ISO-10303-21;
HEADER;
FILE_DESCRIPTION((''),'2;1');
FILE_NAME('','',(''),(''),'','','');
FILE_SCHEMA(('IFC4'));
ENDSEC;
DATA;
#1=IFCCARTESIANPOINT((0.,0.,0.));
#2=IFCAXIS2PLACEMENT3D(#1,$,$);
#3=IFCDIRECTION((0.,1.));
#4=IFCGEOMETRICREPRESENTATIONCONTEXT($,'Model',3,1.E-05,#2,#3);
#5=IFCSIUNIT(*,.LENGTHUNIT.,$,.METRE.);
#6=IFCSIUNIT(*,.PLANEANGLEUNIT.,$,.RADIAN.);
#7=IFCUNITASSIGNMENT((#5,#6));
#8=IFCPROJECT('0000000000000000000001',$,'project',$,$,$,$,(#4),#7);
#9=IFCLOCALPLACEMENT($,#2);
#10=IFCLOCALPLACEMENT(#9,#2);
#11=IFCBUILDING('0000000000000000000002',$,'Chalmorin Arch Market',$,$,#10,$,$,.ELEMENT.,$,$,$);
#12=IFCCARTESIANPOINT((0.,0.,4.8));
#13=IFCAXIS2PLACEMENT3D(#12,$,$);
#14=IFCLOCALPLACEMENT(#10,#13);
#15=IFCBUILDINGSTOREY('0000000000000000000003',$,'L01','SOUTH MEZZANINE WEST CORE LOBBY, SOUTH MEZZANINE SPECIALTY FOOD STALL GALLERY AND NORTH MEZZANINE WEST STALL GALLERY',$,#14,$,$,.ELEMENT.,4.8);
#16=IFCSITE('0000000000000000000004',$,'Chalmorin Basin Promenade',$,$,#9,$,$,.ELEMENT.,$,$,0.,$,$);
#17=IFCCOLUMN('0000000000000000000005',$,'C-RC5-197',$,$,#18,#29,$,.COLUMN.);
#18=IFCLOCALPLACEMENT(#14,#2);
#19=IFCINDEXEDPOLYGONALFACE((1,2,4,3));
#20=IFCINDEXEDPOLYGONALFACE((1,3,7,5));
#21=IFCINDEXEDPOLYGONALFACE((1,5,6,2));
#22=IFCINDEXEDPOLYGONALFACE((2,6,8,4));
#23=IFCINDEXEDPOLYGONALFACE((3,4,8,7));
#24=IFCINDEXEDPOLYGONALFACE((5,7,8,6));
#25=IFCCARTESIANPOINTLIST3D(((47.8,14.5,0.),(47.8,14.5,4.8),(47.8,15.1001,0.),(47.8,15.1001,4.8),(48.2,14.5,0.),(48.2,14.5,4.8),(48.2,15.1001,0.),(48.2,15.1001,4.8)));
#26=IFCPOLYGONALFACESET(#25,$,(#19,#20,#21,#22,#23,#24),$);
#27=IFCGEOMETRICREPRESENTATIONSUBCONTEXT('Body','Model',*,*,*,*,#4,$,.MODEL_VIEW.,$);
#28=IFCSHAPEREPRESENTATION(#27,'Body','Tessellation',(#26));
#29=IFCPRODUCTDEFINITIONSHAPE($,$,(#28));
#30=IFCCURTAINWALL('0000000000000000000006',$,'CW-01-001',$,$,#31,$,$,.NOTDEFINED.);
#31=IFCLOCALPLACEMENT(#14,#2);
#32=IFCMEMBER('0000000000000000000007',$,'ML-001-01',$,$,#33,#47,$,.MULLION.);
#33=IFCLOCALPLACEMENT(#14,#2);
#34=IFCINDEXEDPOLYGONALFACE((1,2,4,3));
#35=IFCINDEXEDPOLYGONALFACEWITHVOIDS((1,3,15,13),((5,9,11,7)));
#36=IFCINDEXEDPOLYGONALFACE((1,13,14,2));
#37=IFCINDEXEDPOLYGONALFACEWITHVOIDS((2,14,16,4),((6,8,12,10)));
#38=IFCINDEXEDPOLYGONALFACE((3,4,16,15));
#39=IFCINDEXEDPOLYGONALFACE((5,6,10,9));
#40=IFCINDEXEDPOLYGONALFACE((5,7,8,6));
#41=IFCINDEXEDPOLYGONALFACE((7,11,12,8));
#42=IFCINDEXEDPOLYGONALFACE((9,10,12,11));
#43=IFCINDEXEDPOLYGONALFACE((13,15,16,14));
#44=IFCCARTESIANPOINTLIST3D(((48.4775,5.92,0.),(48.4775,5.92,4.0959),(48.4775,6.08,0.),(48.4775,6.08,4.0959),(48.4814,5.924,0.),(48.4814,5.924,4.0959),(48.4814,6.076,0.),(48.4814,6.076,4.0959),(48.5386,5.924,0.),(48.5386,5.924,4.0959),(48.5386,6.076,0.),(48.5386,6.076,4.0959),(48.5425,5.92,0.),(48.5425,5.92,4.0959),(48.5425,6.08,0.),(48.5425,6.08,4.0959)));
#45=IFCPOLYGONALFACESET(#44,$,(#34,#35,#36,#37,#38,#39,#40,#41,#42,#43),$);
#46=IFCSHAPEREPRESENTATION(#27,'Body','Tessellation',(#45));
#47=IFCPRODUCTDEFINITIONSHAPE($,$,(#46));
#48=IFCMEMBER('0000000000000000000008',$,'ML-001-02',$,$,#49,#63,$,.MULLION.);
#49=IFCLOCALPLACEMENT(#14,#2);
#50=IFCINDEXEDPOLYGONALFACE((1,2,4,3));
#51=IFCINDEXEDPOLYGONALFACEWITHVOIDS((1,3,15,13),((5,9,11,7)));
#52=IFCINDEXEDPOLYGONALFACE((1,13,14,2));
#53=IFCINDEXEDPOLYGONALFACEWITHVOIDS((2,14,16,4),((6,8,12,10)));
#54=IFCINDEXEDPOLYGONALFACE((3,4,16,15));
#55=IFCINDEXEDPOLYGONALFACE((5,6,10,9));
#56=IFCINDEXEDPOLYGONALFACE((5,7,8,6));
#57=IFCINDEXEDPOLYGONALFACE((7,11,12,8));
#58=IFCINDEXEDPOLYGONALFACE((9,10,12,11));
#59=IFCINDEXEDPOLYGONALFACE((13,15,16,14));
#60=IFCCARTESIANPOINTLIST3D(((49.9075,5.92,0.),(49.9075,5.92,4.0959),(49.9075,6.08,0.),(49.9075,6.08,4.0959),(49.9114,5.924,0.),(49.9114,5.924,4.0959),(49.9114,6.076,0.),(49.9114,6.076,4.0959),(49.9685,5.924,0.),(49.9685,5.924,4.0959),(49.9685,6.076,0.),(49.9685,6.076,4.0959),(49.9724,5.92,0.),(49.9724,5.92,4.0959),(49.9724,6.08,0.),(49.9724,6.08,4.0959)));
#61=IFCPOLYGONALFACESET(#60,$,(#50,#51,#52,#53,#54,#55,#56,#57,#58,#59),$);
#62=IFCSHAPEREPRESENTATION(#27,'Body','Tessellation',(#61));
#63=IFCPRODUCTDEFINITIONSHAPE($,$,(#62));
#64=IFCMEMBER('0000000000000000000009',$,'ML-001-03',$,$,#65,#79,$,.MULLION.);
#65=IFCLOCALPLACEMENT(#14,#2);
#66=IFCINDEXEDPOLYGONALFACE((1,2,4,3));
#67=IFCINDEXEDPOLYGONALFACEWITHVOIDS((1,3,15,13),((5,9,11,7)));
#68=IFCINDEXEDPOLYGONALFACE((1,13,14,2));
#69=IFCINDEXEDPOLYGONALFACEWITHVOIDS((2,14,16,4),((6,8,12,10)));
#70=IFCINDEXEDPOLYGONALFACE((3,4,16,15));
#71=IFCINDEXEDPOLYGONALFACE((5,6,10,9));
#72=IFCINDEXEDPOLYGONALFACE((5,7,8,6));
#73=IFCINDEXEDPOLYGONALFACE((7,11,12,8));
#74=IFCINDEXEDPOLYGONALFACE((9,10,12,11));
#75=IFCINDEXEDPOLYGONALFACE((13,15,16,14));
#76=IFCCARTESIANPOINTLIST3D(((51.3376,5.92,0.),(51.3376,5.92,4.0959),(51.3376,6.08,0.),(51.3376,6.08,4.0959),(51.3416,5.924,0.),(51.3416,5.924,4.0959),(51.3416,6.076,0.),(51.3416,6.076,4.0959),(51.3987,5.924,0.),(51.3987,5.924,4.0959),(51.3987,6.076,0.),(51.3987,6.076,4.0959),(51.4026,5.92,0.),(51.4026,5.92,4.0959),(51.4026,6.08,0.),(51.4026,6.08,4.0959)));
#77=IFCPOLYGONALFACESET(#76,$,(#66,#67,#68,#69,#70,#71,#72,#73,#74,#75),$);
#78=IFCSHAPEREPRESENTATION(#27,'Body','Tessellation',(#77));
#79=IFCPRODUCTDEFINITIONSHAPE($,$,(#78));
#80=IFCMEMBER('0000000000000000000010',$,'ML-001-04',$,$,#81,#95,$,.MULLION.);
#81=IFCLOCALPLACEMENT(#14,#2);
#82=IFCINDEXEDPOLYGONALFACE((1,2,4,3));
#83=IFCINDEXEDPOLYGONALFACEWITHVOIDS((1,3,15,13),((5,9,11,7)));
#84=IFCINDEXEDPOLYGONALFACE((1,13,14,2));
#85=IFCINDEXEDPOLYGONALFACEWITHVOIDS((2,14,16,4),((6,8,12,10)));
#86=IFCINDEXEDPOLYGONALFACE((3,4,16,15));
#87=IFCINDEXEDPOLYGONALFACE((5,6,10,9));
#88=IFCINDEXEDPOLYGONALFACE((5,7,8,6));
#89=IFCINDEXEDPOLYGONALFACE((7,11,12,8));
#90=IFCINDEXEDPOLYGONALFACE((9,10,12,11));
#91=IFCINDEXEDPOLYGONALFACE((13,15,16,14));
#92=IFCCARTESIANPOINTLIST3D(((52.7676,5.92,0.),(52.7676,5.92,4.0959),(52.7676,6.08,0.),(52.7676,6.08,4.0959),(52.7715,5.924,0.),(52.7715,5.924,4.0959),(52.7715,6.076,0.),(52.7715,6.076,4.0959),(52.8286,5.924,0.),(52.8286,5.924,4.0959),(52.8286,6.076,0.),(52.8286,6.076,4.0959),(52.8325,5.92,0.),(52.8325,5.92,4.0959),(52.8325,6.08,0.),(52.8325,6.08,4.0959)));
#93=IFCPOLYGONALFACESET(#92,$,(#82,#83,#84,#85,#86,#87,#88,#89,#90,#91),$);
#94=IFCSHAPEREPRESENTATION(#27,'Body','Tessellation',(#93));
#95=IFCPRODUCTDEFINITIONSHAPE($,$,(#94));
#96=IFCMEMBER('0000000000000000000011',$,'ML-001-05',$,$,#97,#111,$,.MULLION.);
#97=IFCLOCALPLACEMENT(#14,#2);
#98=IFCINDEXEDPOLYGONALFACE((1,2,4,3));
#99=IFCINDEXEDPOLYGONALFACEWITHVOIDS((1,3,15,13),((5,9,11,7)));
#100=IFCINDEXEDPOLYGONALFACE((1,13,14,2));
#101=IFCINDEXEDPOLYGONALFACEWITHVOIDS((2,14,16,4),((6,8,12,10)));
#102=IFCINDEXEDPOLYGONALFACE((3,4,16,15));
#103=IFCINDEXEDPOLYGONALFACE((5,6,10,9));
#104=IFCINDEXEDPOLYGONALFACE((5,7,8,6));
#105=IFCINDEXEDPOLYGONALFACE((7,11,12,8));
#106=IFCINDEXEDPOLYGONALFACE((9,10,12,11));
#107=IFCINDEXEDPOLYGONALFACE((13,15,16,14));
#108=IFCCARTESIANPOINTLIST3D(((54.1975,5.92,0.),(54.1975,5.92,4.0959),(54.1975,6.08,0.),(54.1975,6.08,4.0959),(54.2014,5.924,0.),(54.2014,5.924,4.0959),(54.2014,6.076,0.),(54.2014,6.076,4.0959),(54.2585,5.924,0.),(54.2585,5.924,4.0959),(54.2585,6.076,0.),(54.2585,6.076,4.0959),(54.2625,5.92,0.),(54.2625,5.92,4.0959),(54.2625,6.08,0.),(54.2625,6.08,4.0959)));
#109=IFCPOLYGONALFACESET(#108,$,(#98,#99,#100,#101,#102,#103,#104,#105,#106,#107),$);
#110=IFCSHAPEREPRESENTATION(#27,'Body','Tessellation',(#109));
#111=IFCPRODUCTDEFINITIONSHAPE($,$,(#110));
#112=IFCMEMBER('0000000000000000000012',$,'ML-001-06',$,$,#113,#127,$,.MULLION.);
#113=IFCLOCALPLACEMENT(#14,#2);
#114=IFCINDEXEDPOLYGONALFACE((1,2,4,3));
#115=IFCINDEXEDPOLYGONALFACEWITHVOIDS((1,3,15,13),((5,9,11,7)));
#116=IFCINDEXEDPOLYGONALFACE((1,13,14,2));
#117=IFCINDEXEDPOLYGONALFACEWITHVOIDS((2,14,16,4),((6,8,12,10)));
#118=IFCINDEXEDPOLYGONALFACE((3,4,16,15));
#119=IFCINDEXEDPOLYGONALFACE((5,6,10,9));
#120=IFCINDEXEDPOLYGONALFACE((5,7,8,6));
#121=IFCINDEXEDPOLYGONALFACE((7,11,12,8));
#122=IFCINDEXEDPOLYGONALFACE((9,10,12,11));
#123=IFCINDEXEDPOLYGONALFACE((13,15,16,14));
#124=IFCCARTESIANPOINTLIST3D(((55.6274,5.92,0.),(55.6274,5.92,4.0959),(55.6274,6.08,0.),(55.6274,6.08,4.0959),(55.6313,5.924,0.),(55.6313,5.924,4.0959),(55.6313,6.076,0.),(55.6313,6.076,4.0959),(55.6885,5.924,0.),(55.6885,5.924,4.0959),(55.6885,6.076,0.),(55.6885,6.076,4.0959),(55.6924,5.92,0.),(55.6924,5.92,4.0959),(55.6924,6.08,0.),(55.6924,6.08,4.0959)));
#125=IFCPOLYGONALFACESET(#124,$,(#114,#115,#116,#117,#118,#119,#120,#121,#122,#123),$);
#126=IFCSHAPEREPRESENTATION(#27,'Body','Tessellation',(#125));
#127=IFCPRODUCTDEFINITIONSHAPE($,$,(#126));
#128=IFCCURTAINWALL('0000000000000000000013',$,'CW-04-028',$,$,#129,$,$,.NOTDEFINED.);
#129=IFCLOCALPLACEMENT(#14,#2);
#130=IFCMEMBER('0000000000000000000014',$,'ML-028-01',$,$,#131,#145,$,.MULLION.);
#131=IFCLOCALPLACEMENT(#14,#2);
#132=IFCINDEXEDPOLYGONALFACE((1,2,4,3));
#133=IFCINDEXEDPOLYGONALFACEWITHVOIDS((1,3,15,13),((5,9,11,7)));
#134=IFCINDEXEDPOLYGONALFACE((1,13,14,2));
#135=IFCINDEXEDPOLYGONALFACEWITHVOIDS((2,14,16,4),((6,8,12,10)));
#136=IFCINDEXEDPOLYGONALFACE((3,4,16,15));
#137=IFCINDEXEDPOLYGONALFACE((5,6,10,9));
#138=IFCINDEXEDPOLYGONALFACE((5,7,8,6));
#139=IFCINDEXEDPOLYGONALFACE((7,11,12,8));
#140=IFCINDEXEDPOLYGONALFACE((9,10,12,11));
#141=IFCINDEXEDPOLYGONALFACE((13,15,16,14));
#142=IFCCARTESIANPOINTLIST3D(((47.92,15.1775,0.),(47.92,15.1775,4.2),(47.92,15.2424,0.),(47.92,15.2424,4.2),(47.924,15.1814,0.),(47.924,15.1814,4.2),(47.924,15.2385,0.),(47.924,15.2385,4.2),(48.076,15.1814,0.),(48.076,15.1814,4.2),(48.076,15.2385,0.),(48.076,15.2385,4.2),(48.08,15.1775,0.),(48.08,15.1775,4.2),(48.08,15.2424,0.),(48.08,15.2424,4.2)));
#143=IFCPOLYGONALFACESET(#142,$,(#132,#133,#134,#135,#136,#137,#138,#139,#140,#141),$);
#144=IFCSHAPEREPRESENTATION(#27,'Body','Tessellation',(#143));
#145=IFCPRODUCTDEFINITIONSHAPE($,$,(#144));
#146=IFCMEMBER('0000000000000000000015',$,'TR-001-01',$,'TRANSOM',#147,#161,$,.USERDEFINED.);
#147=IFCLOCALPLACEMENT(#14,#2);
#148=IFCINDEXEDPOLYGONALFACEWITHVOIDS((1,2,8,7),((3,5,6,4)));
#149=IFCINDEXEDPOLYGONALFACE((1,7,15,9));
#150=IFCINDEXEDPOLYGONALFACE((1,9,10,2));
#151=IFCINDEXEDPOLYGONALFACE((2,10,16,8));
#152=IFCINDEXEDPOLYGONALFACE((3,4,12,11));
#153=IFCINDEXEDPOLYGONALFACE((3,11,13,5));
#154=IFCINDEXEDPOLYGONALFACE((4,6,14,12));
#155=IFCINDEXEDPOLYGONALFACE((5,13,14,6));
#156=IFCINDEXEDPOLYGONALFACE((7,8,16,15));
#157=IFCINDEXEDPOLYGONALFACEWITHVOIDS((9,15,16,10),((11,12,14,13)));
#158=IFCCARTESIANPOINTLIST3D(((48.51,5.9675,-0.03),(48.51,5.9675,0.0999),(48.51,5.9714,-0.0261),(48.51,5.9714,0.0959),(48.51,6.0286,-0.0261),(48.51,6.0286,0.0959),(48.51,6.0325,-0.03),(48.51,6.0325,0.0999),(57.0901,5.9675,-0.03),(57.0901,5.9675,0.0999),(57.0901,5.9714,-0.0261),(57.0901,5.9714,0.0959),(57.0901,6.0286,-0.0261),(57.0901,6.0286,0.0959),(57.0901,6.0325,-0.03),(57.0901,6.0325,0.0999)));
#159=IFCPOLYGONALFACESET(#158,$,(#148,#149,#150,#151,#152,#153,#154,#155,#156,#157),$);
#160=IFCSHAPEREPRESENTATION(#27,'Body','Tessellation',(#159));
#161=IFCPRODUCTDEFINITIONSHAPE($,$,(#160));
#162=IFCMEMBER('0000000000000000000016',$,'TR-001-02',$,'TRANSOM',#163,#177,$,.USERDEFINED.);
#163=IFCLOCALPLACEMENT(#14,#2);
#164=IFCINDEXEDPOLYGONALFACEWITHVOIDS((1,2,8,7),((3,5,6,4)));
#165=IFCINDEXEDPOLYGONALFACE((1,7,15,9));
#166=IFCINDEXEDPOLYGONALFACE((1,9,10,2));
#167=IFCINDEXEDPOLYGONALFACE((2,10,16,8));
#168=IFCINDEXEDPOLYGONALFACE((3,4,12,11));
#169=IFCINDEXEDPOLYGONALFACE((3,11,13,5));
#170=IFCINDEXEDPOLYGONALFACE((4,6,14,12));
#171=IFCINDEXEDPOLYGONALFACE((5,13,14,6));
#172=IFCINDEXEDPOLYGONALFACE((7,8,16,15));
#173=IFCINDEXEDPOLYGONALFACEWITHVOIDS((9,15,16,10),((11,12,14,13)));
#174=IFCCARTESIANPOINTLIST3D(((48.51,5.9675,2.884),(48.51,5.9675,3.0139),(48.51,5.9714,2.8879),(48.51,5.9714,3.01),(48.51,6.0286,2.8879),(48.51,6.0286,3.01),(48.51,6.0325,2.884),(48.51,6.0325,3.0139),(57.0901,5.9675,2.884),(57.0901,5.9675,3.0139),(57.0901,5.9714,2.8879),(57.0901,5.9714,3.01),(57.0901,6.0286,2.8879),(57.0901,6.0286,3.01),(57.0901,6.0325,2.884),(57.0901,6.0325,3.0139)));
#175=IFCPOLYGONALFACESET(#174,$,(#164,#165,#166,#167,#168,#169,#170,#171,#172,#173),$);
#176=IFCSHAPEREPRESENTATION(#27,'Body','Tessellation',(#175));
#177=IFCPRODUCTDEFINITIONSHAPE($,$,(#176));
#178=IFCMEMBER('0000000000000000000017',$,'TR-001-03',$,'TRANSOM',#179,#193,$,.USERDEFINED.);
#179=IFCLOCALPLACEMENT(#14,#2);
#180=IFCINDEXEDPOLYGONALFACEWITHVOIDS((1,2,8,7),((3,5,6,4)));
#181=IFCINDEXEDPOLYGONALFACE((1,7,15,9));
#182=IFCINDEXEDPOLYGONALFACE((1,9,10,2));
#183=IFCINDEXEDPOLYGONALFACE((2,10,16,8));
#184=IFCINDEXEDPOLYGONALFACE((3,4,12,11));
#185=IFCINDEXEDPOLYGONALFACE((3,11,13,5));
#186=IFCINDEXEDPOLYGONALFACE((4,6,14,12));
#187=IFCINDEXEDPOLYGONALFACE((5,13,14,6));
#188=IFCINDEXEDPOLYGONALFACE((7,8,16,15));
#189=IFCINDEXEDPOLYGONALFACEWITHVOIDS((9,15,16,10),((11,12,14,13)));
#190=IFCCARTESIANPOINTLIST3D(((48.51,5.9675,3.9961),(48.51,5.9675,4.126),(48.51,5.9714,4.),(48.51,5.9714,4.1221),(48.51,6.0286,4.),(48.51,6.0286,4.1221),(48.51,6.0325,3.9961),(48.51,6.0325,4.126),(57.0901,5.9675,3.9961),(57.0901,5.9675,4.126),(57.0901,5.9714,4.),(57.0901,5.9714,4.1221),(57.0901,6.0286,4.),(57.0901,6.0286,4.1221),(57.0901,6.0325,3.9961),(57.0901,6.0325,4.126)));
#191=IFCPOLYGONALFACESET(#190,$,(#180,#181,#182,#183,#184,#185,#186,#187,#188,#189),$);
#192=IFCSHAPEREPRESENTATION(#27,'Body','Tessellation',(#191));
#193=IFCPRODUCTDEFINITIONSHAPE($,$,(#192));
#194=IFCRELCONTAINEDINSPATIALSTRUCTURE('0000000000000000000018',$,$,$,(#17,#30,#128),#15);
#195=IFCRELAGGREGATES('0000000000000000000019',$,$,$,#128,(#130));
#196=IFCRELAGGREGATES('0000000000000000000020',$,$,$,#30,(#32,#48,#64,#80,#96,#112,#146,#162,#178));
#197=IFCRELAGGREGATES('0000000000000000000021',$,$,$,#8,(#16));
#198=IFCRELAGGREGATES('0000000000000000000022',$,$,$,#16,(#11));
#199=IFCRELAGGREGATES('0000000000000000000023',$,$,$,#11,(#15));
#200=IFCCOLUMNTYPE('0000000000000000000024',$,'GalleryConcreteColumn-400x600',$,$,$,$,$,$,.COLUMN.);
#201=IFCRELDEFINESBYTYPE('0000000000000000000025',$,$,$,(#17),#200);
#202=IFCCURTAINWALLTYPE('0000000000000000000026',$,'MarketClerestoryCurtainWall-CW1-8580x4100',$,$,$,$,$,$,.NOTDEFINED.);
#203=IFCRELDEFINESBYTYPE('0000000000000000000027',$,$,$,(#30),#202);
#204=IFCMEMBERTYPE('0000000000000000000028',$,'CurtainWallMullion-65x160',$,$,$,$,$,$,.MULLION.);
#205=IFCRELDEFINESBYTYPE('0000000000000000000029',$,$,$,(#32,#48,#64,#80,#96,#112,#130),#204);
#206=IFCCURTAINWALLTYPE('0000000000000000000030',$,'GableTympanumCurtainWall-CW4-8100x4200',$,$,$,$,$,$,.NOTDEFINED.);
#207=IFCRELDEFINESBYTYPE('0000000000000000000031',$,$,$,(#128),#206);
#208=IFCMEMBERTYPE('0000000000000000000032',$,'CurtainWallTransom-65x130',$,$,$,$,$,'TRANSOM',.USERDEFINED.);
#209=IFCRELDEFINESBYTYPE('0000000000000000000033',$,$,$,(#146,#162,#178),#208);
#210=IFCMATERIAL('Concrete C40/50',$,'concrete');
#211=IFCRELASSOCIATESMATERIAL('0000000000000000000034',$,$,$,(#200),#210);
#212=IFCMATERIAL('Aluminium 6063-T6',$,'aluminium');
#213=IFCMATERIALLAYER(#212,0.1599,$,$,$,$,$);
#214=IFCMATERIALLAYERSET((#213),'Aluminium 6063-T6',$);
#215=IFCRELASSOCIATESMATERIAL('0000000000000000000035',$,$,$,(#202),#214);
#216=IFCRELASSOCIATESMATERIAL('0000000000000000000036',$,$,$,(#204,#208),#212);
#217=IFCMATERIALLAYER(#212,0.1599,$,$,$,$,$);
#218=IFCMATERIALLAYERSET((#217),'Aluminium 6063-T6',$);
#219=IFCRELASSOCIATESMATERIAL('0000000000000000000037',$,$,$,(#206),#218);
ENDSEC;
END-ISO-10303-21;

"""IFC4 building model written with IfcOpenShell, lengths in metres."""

from ifc_helpers import new_model, si_unit, direction, frame, origin, origin_2d, place, context, subcontext, project, spatial, rectangle, hollow_rectangle, extrude, material, layer, layer_set, material_profile, profile_set, type_object, element, aggregate, save


model = new_model("IFC4")

# Units and contexts
model_context = context("Model", 3, precision=1e-05, world=origin(), true_north=direction((0.0, 1.0)))
body_context = subcontext(model_context, "Body", "Model", "MODEL_VIEW")
ifc_project = project(units=[si_unit("LENGTHUNIT", "METRE"), si_unit("PLANEANGLEUNIT", "RADIAN")], contexts=[model_context])

# Site, building, storey
site_placement = place(None, origin())
site = spatial("IfcSite", under=ifc_project, at=site_placement, Name="Chalmorin Basin Promenade", CompositionType="ELEMENT", RefElevation=0.0)
building_placement = place(site_placement, origin())
building = spatial("IfcBuilding", under=site, at=building_placement, Name="Chalmorin Arch Market", CompositionType="ELEMENT")
storey_placement = place(building_placement, frame((0.0, 0.0, 4.8)))
storey = spatial("IfcBuildingStorey", under=building, at=storey_placement, Name="L01", Description="SOUTH MEZZANINE WEST CORE LOBBY, SOUTH MEZZANINE SPECIALTY FOOD STALL GALLERY AND NORTH MEZZANINE WEST STALL GALLERY", CompositionType="ELEMENT", Elevation=4.8)

# Column
ifc_material_1 = material(Name="Concrete C40/50", Category="concrete")
ifc_material_profile_1 = material_profile(ifc_material_1, rectangle(XDim=0.3999, YDim=0.6001, at=origin_2d()), Name="RC400X600")
ifc_profile_set_1 = profile_set([ifc_material_profile_1], Name="Concrete C40/50")
column_type = type_object("IfcColumnType", Name="GalleryConcreteColumn-400x600", PredefinedType="COLUMN", material=ifc_profile_set_1)
column_placement = place(storey_placement, frame((48.0, 14.8, 0.0), z_axis=(0.0, 0.0, 1.0), x_axis=(1.0, 0.0, 0.0)))
element("IfcColumn", 1, at=column_placement, inside=storey, type_object=column_type, Name="C-RC5-197", PredefinedType="COLUMN", context=body_context, shape_type="SweptSolid", body=[
    extrude(rectangle(XDim=0.3999, YDim=0.6001, at=origin_2d()), origin(), (0.0, 0.0, 1.0), 4.8),
])

# Curtain wall, members
ifc_material_2 = material(Name="Aluminium 6063-T6", Category="aluminium")
ifc_layer_1 = layer(ifc_material_2, 0.1599)
ifc_layer_set_1 = layer_set([ifc_layer_1], Name="Aluminium 6063-T6")
curtain_wall_type_1 = type_object("IfcCurtainWallType", Name="MarketClerestoryCurtainWall-CW1-8580x4100", PredefinedType="NOTDEFINED", material=ifc_layer_set_1)
curtain_wall_1_placement = place(storey_placement, origin())
curtain_wall_1 = element("IfcCurtainWall", 2, at=curtain_wall_1_placement, inside=storey, type_object=curtain_wall_type_1, Name="CW-01-001", PredefinedType="NOTDEFINED")
ifc_material_profile_2 = material_profile(ifc_material_2, hollow_rectangle(XDim=0.0649, YDim=0.1599, WallThickness=0.0039, at=origin_2d()), Name="ALU65X160X4")
ifc_profile_set_2 = profile_set([ifc_material_profile_2], Name="Aluminium 6063-T6")
member_type_1 = type_object("IfcMemberType", Name="CurtainWallMullion-65x160", PredefinedType="MULLION", material=ifc_profile_set_2)
member_1_placement = place(storey_placement, frame((48.51, 6.0, 0.0), z_axis=(0.0, 0.0, 1.0), x_axis=(1.0, 0.0, 0.0)))
member_1 = element("IfcMember", 3, at=member_1_placement, type_object=member_type_1, Name="ML-001-01", PredefinedType="MULLION", context=body_context, shape_type="SweptSolid", body=[
    extrude(hollow_rectangle(XDim=0.0649, YDim=0.1599, WallThickness=0.0039, at=origin_2d()), origin(), (0.0, 0.0, 1.0), 4.0959),
])
member_2_placement = place(storey_placement, frame((49.9399, 6.0, 0.0), z_axis=(0.0, 0.0, 1.0), x_axis=(1.0, 0.0, 0.0)))
member_2 = element("IfcMember", 4, at=member_2_placement, type_object=member_type_1, Name="ML-001-02", PredefinedType="MULLION", context=body_context, shape_type="SweptSolid", body=[
    extrude(hollow_rectangle(XDim=0.0649, YDim=0.1599, WallThickness=0.0039, at=origin_2d()), origin(), (0.0, 0.0, 1.0), 4.0959),
])
member_3_placement = place(storey_placement, frame((51.3701, 6.0, 0.0), z_axis=(0.0, 0.0, 1.0), x_axis=(1.0, 0.0, 0.0)))
member_3 = element("IfcMember", 5, at=member_3_placement, type_object=member_type_1, Name="ML-001-03", PredefinedType="MULLION", context=body_context, shape_type="SweptSolid", body=[
    extrude(hollow_rectangle(XDim=0.0649, YDim=0.1599, WallThickness=0.0039, at=origin_2d()), origin(), (0.0, 0.0, 1.0), 4.0959),
])
member_4_placement = place(storey_placement, frame((52.8, 6.0, 0.0), z_axis=(0.0, 0.0, 1.0), x_axis=(1.0, 0.0, 0.0)))
member_4 = element("IfcMember", 6, at=member_4_placement, type_object=member_type_1, Name="ML-001-04", PredefinedType="MULLION", context=body_context, shape_type="SweptSolid", body=[
    extrude(hollow_rectangle(XDim=0.0649, YDim=0.1599, WallThickness=0.0039, at=origin_2d()), origin(), (0.0, 0.0, 1.0), 4.0959),
])
member_5_placement = place(storey_placement, frame((54.23, 6.0, 0.0), z_axis=(0.0, 0.0, 1.0), x_axis=(1.0, 0.0, 0.0)))
member_5 = element("IfcMember", 7, at=member_5_placement, type_object=member_type_1, Name="ML-001-05", PredefinedType="MULLION", context=body_context, shape_type="SweptSolid", body=[
    extrude(hollow_rectangle(XDim=0.0649, YDim=0.1599, WallThickness=0.0039, at=origin_2d()), origin(), (0.0, 0.0, 1.0), 4.0959),
])
member_6_placement = place(storey_placement, frame((55.6599, 6.0, 0.0), z_axis=(0.0, 0.0, 1.0), x_axis=(1.0, 0.0, 0.0)))
member_6 = element("IfcMember", 8, at=member_6_placement, type_object=member_type_1, Name="ML-001-06", PredefinedType="MULLION", context=body_context, shape_type="SweptSolid", body=[
    extrude(hollow_rectangle(XDim=0.0649, YDim=0.1599, WallThickness=0.0039, at=origin_2d()), origin(), (0.0, 0.0, 1.0), 4.0959),
])

# Curtain wall, member
ifc_layer_2 = layer(ifc_material_2, 0.1599)
ifc_layer_set_2 = layer_set([ifc_layer_2], Name="Aluminium 6063-T6")
curtain_wall_type_2 = type_object("IfcCurtainWallType", Name="GableTympanumCurtainWall-CW4-8100x4200", PredefinedType="NOTDEFINED", material=ifc_layer_set_2)
curtain_wall_2_placement = place(storey_placement, origin())
curtain_wall_2 = element("IfcCurtainWall", 9, at=curtain_wall_2_placement, inside=storey, type_object=curtain_wall_type_2, Name="CW-04-028", PredefinedType="NOTDEFINED")
member_7_placement = place(storey_placement, frame((48.0, 15.21, 0.0), z_axis=(0.0, 0.0, 1.0), x_axis=(0.0, 1.0, 0.0)))
member_7 = element("IfcMember", 10, at=member_7_placement, type_object=member_type_1, Name="ML-028-01", PredefinedType="MULLION", context=body_context, shape_type="SweptSolid", body=[
    extrude(hollow_rectangle(XDim=0.0649, YDim=0.1599, WallThickness=0.0039, at=origin_2d()), origin(), (0.0, 0.0, 1.0), 4.2),
])

# Members
ifc_material_profile_3 = material_profile(ifc_material_2, hollow_rectangle(XDim=0.0649, YDim=0.1299, WallThickness=0.0039, at=origin_2d()), Name="ALU65X130X4")
ifc_profile_set_3 = profile_set([ifc_material_profile_3], Name="Aluminium 6063-T6")
member_type_2 = type_object("IfcMemberType", Name="CurtainWallTransom-65x130", ElementType="TRANSOM", PredefinedType="USERDEFINED", material=ifc_profile_set_3)
member_8_placement = place(storey_placement, frame((48.51, 6.0, 0.0349), z_axis=(1.0, 0.0, 0.0), x_axis=(0.0, 1.0, 0.0)))
member_8 = element("IfcMember", 11, at=member_8_placement, type_object=member_type_2, Name="TR-001-01", ObjectType="TRANSOM", PredefinedType="USERDEFINED", context=body_context, shape_type="SweptSolid", body=[
    extrude(hollow_rectangle(XDim=0.0649, YDim=0.1299, WallThickness=0.0039, at=origin_2d()), origin(), (0.0, 0.0, 1.0), 8.5801),
])
member_9_placement = place(storey_placement, frame((48.51, 6.0, 2.949), z_axis=(1.0, 0.0, 0.0), x_axis=(0.0, 1.0, 0.0)))
member_9 = element("IfcMember", 12, at=member_9_placement, type_object=member_type_2, Name="TR-001-02", ObjectType="TRANSOM", PredefinedType="USERDEFINED", context=body_context, shape_type="SweptSolid", body=[
    extrude(hollow_rectangle(XDim=0.0649, YDim=0.1299, WallThickness=0.0039, at=origin_2d()), origin(), (0.0, 0.0, 1.0), 8.5801),
])
member_10_placement = place(storey_placement, frame((48.51, 6.0, 4.061), z_axis=(1.0, 0.0, 0.0), x_axis=(0.0, 1.0, 0.0)))
member_10 = element("IfcMember", 13, at=member_10_placement, type_object=member_type_2, Name="TR-001-03", ObjectType="TRANSOM", PredefinedType="USERDEFINED", context=body_context, shape_type="SweptSolid", body=[
    extrude(hollow_rectangle(XDim=0.0649, YDim=0.1299, WallThickness=0.0039, at=origin_2d()), origin(), (0.0, 0.0, 1.0), 8.5801),
])
aggregate(curtain_wall_2, [member_7])

aggregate(curtain_wall_1, [member_1, member_2, member_3, member_4, member_5, member_6, member_8, member_9, member_10])

save(model, "model.ifc")
